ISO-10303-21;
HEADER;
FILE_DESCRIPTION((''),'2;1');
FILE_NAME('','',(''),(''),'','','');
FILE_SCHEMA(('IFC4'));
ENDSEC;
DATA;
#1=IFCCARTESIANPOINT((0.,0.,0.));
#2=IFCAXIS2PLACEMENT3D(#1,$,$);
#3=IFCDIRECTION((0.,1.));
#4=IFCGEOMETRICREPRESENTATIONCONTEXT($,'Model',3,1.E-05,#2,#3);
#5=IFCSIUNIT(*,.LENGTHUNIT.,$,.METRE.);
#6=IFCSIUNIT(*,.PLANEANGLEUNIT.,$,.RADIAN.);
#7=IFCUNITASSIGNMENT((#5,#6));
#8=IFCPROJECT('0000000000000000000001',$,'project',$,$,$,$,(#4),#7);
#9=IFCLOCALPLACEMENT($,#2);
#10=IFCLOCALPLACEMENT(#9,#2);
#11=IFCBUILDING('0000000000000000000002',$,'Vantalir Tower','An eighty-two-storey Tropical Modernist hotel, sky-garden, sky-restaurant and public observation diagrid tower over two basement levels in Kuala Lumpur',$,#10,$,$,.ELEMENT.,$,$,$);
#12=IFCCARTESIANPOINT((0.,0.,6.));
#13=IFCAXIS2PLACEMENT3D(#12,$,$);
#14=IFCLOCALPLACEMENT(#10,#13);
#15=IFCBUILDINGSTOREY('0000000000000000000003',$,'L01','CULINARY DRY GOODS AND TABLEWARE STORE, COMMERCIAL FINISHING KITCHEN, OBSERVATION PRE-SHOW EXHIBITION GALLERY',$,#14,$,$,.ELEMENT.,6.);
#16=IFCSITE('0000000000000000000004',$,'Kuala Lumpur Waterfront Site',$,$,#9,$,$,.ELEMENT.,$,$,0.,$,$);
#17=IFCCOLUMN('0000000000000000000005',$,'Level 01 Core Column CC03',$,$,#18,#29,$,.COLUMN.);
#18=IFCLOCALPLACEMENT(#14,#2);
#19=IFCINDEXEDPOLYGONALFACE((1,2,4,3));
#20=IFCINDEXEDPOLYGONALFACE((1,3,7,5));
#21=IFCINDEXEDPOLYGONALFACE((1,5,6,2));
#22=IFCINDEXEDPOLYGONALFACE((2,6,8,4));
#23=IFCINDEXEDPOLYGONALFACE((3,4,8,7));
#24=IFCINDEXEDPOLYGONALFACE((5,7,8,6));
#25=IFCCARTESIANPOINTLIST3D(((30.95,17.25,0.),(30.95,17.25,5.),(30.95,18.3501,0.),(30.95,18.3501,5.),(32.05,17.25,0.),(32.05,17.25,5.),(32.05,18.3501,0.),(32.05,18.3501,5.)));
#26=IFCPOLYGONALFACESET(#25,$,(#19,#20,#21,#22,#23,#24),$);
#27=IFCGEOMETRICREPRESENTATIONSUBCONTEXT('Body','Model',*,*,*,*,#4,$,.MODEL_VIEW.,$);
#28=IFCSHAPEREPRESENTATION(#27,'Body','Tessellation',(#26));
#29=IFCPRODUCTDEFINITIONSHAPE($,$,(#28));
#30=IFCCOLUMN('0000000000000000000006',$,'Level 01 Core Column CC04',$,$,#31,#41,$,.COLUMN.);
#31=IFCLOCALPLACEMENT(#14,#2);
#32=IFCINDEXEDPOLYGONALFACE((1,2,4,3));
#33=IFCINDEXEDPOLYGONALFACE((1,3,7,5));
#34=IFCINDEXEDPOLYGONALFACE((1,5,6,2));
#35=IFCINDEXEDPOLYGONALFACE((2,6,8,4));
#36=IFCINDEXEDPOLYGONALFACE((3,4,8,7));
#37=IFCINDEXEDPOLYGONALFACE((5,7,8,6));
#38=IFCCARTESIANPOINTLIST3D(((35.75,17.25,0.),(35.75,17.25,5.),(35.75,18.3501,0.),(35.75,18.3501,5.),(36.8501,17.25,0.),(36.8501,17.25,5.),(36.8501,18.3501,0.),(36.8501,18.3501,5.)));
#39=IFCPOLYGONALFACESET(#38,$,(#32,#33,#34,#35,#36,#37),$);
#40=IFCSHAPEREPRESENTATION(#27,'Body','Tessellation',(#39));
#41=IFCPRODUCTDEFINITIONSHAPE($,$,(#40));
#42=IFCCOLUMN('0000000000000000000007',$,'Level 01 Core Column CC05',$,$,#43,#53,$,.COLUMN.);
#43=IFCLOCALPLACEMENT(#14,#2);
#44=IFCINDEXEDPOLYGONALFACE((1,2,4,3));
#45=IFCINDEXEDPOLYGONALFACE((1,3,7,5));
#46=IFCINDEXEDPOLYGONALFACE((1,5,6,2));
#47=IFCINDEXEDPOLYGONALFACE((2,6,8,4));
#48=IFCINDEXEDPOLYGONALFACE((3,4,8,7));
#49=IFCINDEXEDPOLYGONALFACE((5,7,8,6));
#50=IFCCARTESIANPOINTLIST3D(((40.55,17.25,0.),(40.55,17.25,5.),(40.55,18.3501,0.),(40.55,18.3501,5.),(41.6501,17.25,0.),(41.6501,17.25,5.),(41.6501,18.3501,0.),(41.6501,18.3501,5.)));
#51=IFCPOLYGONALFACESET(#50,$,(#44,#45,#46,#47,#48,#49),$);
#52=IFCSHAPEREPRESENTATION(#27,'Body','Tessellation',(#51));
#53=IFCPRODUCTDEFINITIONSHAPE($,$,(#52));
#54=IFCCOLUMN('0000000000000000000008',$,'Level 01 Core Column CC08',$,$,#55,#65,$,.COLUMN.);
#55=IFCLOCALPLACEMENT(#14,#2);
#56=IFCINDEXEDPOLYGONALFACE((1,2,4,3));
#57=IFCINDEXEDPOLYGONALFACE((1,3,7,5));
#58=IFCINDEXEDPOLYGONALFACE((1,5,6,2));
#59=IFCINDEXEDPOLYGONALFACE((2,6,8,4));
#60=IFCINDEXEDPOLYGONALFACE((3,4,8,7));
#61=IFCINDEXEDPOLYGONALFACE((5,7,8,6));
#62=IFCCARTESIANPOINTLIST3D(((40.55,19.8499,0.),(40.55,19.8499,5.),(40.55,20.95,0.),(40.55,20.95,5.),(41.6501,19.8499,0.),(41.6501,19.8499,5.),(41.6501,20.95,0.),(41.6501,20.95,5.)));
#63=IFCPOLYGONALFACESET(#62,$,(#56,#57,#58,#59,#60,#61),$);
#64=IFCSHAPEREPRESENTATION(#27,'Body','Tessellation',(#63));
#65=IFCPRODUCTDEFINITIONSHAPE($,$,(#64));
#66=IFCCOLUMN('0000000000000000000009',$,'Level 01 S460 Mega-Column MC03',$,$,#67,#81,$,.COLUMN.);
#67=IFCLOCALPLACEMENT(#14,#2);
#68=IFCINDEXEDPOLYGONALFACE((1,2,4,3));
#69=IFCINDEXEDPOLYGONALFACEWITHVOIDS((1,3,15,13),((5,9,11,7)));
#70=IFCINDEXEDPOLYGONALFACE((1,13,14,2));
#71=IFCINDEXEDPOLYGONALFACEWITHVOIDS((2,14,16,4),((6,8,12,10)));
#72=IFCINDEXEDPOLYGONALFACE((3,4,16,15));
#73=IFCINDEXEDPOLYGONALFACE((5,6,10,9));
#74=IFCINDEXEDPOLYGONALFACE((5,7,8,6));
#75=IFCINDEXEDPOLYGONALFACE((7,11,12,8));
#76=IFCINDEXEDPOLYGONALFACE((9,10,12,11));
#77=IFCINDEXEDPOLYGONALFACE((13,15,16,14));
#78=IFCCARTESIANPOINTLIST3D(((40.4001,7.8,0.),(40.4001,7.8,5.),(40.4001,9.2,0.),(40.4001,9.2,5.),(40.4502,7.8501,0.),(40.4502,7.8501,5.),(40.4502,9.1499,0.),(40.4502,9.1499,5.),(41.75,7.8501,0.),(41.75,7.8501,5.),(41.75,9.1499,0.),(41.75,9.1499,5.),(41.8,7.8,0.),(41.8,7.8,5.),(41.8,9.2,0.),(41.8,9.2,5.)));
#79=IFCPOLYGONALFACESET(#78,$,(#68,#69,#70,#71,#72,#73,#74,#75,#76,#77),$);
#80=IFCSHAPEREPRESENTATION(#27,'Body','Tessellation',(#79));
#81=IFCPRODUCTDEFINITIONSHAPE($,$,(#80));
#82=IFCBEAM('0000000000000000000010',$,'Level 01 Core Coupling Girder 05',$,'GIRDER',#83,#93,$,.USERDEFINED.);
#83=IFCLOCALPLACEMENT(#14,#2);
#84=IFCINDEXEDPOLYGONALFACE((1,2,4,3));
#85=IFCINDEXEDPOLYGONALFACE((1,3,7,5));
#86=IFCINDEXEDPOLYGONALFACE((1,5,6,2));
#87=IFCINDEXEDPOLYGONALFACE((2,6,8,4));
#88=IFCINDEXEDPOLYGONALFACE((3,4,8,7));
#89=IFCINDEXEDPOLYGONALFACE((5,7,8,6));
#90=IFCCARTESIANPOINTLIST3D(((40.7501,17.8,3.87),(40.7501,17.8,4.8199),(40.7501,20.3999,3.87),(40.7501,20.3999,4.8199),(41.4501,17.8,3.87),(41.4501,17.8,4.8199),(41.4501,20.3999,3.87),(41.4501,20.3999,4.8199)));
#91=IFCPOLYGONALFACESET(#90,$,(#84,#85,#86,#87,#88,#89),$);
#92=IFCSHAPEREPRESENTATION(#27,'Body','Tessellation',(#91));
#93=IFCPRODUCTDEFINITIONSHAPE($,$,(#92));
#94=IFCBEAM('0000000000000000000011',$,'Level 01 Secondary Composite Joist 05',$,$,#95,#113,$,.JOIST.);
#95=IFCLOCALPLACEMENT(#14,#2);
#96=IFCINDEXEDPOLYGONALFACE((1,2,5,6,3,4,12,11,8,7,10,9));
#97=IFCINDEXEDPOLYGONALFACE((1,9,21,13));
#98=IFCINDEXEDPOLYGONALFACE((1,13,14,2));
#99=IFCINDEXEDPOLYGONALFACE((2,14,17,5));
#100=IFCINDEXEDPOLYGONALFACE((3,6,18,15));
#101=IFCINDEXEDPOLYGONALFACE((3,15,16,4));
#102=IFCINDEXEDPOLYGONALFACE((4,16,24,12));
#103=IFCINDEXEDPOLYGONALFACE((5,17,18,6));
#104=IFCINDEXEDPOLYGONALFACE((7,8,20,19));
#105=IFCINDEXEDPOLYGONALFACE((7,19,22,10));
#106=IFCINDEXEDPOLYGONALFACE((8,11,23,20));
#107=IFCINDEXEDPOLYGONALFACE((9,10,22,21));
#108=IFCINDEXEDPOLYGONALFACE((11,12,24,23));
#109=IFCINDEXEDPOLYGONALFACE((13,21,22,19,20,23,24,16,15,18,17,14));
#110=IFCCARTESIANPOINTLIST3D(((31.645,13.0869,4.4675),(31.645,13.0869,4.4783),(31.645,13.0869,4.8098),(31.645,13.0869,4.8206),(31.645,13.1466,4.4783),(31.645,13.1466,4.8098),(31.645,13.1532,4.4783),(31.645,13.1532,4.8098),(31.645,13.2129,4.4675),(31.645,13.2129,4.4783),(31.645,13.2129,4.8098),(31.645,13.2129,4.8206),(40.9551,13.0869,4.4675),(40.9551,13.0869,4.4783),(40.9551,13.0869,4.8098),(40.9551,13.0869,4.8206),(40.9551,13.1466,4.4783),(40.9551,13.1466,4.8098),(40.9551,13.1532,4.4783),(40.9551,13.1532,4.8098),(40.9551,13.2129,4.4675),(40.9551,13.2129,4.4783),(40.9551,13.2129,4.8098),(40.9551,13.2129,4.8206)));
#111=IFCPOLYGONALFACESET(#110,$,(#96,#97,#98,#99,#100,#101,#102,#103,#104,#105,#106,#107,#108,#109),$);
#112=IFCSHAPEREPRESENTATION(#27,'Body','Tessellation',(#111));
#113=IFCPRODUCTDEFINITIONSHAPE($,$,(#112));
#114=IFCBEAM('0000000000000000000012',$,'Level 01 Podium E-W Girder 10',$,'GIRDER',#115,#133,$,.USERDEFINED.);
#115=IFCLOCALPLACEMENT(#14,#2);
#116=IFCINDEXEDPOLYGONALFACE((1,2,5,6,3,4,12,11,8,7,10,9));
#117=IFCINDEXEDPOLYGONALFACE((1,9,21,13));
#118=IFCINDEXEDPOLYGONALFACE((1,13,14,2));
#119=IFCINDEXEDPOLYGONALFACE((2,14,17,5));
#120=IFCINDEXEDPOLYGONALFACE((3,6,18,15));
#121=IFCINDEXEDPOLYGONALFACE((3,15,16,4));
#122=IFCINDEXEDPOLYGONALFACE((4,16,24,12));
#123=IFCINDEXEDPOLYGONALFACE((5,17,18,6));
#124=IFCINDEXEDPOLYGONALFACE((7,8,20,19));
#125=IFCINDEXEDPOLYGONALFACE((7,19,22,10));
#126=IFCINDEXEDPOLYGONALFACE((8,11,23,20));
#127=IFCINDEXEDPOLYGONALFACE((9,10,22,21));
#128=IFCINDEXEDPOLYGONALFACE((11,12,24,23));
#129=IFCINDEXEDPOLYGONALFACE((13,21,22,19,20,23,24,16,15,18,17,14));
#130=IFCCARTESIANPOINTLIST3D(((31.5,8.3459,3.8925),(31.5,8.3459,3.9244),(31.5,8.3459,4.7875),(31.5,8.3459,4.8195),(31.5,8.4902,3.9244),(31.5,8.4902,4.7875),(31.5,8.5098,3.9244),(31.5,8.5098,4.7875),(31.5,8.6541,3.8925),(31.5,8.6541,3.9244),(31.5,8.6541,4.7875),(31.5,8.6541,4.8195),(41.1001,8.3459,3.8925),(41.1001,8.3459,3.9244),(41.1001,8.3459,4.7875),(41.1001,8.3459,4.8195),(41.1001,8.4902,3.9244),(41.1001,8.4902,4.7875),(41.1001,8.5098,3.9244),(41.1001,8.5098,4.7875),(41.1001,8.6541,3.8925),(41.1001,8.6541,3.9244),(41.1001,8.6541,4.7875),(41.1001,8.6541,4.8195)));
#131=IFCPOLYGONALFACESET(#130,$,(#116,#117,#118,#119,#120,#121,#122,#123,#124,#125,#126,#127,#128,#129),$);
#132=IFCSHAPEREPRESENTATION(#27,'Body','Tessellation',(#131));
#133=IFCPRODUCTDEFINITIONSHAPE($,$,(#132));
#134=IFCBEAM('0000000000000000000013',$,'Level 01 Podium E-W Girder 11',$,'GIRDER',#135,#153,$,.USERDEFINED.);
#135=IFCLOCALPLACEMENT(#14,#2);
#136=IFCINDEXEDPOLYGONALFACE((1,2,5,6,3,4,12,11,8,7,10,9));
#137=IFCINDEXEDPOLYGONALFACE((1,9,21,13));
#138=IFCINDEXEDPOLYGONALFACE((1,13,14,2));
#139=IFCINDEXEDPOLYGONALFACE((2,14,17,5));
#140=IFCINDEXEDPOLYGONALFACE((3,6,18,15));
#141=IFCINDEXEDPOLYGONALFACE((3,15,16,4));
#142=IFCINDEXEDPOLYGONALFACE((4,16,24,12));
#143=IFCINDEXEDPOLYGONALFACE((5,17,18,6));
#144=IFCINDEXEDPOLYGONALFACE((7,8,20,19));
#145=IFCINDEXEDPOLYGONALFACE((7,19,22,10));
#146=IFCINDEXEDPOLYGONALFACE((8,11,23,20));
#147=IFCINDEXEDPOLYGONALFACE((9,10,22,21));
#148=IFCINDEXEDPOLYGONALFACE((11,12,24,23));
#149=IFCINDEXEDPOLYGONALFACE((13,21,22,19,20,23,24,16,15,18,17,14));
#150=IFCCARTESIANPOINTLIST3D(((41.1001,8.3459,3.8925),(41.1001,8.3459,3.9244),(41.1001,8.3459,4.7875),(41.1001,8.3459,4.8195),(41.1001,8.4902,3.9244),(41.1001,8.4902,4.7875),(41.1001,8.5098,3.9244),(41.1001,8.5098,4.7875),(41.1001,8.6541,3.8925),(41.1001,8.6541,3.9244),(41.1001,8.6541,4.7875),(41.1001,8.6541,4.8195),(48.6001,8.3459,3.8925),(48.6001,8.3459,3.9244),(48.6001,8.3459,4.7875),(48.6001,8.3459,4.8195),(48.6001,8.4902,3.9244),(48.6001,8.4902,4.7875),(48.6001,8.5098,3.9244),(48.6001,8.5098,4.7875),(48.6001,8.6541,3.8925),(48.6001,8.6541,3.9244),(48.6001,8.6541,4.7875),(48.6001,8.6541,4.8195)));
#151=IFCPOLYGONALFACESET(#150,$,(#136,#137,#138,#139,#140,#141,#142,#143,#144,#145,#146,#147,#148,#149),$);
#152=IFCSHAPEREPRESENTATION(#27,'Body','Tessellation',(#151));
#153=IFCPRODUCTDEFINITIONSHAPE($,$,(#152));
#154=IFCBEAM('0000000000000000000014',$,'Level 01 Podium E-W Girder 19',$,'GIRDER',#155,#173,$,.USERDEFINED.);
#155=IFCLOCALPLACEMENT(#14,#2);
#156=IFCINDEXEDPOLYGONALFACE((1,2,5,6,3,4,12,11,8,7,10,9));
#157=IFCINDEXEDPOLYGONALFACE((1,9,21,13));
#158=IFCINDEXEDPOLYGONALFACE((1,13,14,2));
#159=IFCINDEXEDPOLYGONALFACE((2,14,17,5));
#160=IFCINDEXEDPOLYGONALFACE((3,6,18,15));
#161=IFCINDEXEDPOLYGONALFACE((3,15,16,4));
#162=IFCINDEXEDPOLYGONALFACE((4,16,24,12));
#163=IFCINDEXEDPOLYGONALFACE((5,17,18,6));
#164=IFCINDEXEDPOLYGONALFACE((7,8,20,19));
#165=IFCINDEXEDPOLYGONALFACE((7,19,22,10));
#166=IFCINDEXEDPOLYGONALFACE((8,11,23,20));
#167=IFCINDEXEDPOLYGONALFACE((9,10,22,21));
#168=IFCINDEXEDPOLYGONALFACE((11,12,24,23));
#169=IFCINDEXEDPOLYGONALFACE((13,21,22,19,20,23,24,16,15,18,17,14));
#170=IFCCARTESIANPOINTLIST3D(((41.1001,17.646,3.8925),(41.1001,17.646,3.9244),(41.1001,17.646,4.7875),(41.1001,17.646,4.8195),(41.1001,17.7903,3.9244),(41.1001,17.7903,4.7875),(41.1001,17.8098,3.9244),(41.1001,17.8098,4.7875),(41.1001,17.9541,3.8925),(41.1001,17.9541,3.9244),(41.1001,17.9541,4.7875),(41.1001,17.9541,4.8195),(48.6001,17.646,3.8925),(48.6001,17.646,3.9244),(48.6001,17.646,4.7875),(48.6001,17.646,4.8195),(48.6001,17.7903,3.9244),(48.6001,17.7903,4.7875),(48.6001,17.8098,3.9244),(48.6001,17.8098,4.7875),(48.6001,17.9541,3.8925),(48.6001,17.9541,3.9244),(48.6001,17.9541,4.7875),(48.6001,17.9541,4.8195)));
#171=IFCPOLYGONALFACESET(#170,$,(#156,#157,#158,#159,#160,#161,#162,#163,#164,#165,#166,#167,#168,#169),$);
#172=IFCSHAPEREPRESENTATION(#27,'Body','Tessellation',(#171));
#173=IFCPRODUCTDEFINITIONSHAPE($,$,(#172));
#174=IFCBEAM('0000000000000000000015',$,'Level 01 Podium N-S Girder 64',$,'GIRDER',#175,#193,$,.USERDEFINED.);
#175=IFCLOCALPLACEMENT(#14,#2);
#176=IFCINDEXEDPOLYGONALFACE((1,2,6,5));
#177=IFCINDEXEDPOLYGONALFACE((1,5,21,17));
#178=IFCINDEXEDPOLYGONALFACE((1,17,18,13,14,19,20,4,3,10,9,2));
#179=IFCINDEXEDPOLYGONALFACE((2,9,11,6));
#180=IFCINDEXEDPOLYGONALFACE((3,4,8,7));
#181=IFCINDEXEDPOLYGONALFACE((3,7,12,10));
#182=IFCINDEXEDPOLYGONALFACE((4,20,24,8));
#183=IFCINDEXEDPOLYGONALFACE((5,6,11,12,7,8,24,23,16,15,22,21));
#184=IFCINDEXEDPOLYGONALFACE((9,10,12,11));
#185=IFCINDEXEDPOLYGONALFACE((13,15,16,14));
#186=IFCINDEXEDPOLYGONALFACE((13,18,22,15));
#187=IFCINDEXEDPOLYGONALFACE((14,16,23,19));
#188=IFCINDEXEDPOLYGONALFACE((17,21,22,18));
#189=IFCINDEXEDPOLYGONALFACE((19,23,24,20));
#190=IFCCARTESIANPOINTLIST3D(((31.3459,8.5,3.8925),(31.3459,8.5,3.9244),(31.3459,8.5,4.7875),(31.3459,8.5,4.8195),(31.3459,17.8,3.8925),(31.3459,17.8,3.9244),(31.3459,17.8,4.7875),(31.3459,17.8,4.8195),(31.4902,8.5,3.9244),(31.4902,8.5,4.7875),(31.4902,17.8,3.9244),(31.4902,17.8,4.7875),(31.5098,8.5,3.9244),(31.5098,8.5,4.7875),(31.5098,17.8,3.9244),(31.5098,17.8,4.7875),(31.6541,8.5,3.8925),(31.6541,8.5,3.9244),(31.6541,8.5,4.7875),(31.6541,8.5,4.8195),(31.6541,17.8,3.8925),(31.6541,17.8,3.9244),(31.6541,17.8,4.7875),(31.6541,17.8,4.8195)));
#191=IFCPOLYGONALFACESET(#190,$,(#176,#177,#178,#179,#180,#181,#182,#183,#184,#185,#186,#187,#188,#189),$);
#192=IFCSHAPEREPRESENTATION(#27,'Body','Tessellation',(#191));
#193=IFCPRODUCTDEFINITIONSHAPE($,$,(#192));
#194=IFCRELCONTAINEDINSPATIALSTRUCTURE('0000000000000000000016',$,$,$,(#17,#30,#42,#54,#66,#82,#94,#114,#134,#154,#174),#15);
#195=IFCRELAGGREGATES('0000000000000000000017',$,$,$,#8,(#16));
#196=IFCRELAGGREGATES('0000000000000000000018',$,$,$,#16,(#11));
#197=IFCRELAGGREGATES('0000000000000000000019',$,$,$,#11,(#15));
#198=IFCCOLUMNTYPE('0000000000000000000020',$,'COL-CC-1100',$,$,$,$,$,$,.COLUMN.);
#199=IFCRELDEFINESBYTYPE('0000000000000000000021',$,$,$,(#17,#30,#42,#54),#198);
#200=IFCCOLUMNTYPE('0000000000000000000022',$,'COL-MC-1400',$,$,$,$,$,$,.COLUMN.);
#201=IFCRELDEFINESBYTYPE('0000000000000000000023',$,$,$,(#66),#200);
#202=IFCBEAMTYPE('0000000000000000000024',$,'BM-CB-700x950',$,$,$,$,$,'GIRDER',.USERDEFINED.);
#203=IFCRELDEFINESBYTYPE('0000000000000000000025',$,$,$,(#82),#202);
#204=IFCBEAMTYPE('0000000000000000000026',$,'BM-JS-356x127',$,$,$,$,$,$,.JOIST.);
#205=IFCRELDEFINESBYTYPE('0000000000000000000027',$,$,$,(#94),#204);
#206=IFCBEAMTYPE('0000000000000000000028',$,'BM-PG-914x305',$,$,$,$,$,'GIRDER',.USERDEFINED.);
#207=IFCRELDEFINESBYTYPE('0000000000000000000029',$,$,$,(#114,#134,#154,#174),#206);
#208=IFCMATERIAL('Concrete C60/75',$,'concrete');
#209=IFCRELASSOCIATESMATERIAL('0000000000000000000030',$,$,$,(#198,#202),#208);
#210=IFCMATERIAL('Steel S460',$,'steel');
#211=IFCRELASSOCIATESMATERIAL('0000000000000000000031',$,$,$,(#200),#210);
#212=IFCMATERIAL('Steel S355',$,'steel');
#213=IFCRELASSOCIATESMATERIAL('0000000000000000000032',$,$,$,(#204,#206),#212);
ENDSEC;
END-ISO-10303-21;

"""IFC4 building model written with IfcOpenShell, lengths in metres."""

from ifc_helpers import new_model, si_unit, direction, frame, origin, origin_2d, place, context, subcontext, project, spatial, rectangle, hollow_rectangle, i_section, extrude, material, material_profile, profile_set, type_object, element, save


model = new_model("IFC4")

# Units and contexts
model_context = context("Model", 3, precision=1e-05, world=origin(), true_north=direction((0.0, 1.0)))
body_context = subcontext(model_context, "Body", "Model", "MODEL_VIEW")
ifc_project = project(units=[si_unit("LENGTHUNIT", "METRE"), si_unit("PLANEANGLEUNIT", "RADIAN")], contexts=[model_context])

# Site, building, storey
site_placement = place(None, origin())
site = spatial("IfcSite", under=ifc_project, at=site_placement, Name="Kuala Lumpur Waterfront Site", CompositionType="ELEMENT", RefElevation=0.0)
building_placement = place(site_placement, origin())
building = spatial("IfcBuilding", under=site, at=building_placement, Name="Vantalir Tower", Description="An eighty-two-storey Tropical Modernist hotel, sky-garden, sky-restaurant and public observation diagrid tower over two basement levels in Kuala Lumpur", CompositionType="ELEMENT")
storey_placement = place(building_placement, frame((0.0, 0.0, 6.0)))
storey = spatial("IfcBuildingStorey", under=building, at=storey_placement, Name="L01", Description="CULINARY DRY GOODS AND TABLEWARE STORE, COMMERCIAL FINISHING KITCHEN, OBSERVATION PRE-SHOW EXHIBITION GALLERY", CompositionType="ELEMENT", Elevation=6.0)

# Columns
ifc_material_1 = material(Name="Concrete C60/75", Category="concrete")
ifc_material_profile_1 = material_profile(ifc_material_1, rectangle(XDim=1.1001, YDim=1.1001, at=origin_2d()), Name="Concrete C60/75")
ifc_profile_set_1 = profile_set([ifc_material_profile_1], Name="Concrete C60/75")
column_type_1 = type_object("IfcColumnType", Name="COL-CC-1100", PredefinedType="COLUMN", material=ifc_profile_set_1)
for number, where, z_axis, x_axis, name in (
    (1, (31.5, 17.8, 0.0), (0.0, 0.0, 1.0), (1.0, 0.0, 0.0), "Level 01 Core Column CC03"),
    (2, (36.3, 17.8, 0.0), (0.0, 0.0, 1.0), (1.0, 0.0, 0.0), "Level 01 Core Column CC04"),
    (3, (41.1001, 17.8, 0.0), (0.0, 0.0, 1.0), (1.0, 0.0, 0.0), "Level 01 Core Column CC05"),
    (4, (41.1001, 20.3999, 0.0), (0.0, 0.0, 1.0), (1.0, 0.0, 0.0), "Level 01 Core Column CC08"),
):
    element("IfcColumn", number, at=place(storey_placement, frame(where, z_axis=z_axis, x_axis=x_axis)), inside=storey, type_object=column_type_1, Name=name, PredefinedType="COLUMN", context=body_context, shape_type="SweptSolid", body=[
        extrude(rectangle(XDim=1.1001, YDim=1.1001, at=origin_2d()), origin(), (0.0, 0.0, 1.0), 5.0),
    ])
ifc_material_2 = material(Name="Steel S460", Category="steel")
ifc_material_profile_2 = material_profile(ifc_material_2, hollow_rectangle(XDim=1.3999, YDim=1.3999, WallThickness=0.05, at=origin_2d()), Name="Steel S460")
ifc_profile_set_2 = profile_set([ifc_material_profile_2], Name="Steel S460")
column_type_2 = type_object("IfcColumnType", Name="COL-MC-1400", PredefinedType="COLUMN", material=ifc_profile_set_2)
column_placement = place(storey_placement, frame((41.1001, 8.5, 0.0), z_axis=(0.0, 0.0, 1.0), x_axis=(1.0, 0.0, 0.0)))
element("IfcColumn", 5, at=column_placement, inside=storey, type_object=column_type_2, Name="Level 01 S460 Mega-Column MC03", PredefinedType="COLUMN", context=body_context, shape_type="SweptSolid", body=[
    extrude(hollow_rectangle(XDim=1.3999, YDim=1.3999, WallThickness=0.05, at=origin_2d()), origin(), (0.0, 0.0, 1.0), 5.0),
])

# Beams
ifc_material_profile_3 = material_profile(ifc_material_1, rectangle(XDim=0.7, YDim=0.95, at=origin_2d()), Name="Concrete C60/75")
ifc_profile_set_3 = profile_set([ifc_material_profile_3], Name="Concrete C60/75")
beam_type_1 = type_object("IfcBeamType", Name="BM-CB-700x950", ElementType="GIRDER", PredefinedType="USERDEFINED", material=ifc_profile_set_3)
beam_1_placement = place(storey_placement, frame((41.1001, 17.8, 4.345), z_axis=(0.0, 1.0, 0.0), x_axis=(-1.0, 0.0, 0.0)))
element("IfcBeam", 6, at=beam_1_placement, inside=storey, type_object=beam_type_1, Name="Level 01 Core Coupling Girder 05", ObjectType="GIRDER", PredefinedType="USERDEFINED", context=body_context, shape_type="SweptSolid", body=[
    extrude(rectangle(XDim=0.7, YDim=0.95, at=origin_2d()), origin(), (0.0, 0.0, 1.0), 2.5999),
])
ifc_material_3 = material(Name="Steel S355", Category="steel")
ifc_material_profile_4 = material_profile(ifc_material_3, i_section(OverallWidth=0.126, OverallDepth=0.353, WebThickness=0.0066, FlangeThickness=0.0107, at=origin_2d()), Name="Steel S355")
ifc_profile_set_4 = profile_set([ifc_material_profile_4], Name="Steel S355")
beam_type_2 = type_object("IfcBeamType", Name="BM-JS-356x127", PredefinedType="JOIST", material=ifc_profile_set_4)
beam_2_placement = place(storey_placement, frame((31.645, 13.1499, 4.644), z_axis=(1.0, 0.0, 0.0), x_axis=(0.0, 1.0, 0.0)))
element("IfcBeam", 7, at=beam_2_placement, inside=storey, type_object=beam_type_2, Name="Level 01 Secondary Composite Joist 05", PredefinedType="JOIST", context=body_context, shape_type="SweptSolid", body=[
    extrude(i_section(OverallWidth=0.126, OverallDepth=0.353, WebThickness=0.0066, FlangeThickness=0.0107, at=origin_2d()), origin(), (0.0, 0.0, 1.0), 9.3101),
])
ifc_material_profile_5 = material_profile(ifc_material_3, i_section(OverallWidth=0.3081, OverallDepth=0.927, WebThickness=0.0195, FlangeThickness=0.032, at=origin_2d()), Name="Steel S355")
ifc_profile_set_5 = profile_set([ifc_material_profile_5], Name="Steel S355")
beam_type_3 = type_object("IfcBeamType", Name="BM-PG-914x305", ElementType="GIRDER", PredefinedType="USERDEFINED", material=ifc_profile_set_5)
beam_3_placement = place(storey_placement, frame((31.5, 8.5, 4.356), z_axis=(1.0, 0.0, 0.0), x_axis=(0.0, 1.0, 0.0)))
element("IfcBeam", 8, at=beam_3_placement, inside=storey, type_object=beam_type_3, Name="Level 01 Podium E-W Girder 10", ObjectType="GIRDER", PredefinedType="USERDEFINED", context=body_context, shape_type="SweptSolid", body=[
    extrude(i_section(OverallWidth=0.3081, OverallDepth=0.927, WebThickness=0.0195, FlangeThickness=0.032, at=origin_2d()), origin(), (0.0, 0.0, 1.0), 9.6001),
])
for number, where, z_axis, x_axis, name in (
    (9, (41.1001, 8.5, 4.356), (1.0, 0.0, 0.0), (0.0, 1.0, 0.0), "Level 01 Podium E-W Girder 11"),
    (10, (41.1001, 17.8, 4.356), (1.0, 0.0, 0.0), (0.0, 1.0, 0.0), "Level 01 Podium E-W Girder 19"),
):
    element("IfcBeam", number, at=place(storey_placement, frame(where, z_axis=z_axis, x_axis=x_axis)), inside=storey, type_object=beam_type_3, Name=name, ObjectType="GIRDER", PredefinedType="USERDEFINED", context=body_context, shape_type="SweptSolid", body=[
        extrude(i_section(OverallWidth=0.3081, OverallDepth=0.927, WebThickness=0.0195, FlangeThickness=0.032, at=origin_2d()), origin(), (0.0, 0.0, 1.0), 7.5),
    ])
for number, where, z_axis, x_axis, name in (
    (11, (31.5, 8.5, 4.356), (0.0, 1.0, 0.0), (-1.0, 0.0, 0.0), "Level 01 Podium N-S Girder 64"),
):
    element("IfcBeam", number, at=place(storey_placement, frame(where, z_axis=z_axis, x_axis=x_axis)), inside=storey, type_object=beam_type_3, Name=name, ObjectType="GIRDER", PredefinedType="USERDEFINED", context=body_context, shape_type="SweptSolid", body=[
        extrude(i_section(OverallWidth=0.3081, OverallDepth=0.927, WebThickness=0.0195, FlangeThickness=0.032, at=origin_2d()), origin(), (0.0, 0.0, 1.0), 9.3),
    ])

save(model, "model.ifc")
